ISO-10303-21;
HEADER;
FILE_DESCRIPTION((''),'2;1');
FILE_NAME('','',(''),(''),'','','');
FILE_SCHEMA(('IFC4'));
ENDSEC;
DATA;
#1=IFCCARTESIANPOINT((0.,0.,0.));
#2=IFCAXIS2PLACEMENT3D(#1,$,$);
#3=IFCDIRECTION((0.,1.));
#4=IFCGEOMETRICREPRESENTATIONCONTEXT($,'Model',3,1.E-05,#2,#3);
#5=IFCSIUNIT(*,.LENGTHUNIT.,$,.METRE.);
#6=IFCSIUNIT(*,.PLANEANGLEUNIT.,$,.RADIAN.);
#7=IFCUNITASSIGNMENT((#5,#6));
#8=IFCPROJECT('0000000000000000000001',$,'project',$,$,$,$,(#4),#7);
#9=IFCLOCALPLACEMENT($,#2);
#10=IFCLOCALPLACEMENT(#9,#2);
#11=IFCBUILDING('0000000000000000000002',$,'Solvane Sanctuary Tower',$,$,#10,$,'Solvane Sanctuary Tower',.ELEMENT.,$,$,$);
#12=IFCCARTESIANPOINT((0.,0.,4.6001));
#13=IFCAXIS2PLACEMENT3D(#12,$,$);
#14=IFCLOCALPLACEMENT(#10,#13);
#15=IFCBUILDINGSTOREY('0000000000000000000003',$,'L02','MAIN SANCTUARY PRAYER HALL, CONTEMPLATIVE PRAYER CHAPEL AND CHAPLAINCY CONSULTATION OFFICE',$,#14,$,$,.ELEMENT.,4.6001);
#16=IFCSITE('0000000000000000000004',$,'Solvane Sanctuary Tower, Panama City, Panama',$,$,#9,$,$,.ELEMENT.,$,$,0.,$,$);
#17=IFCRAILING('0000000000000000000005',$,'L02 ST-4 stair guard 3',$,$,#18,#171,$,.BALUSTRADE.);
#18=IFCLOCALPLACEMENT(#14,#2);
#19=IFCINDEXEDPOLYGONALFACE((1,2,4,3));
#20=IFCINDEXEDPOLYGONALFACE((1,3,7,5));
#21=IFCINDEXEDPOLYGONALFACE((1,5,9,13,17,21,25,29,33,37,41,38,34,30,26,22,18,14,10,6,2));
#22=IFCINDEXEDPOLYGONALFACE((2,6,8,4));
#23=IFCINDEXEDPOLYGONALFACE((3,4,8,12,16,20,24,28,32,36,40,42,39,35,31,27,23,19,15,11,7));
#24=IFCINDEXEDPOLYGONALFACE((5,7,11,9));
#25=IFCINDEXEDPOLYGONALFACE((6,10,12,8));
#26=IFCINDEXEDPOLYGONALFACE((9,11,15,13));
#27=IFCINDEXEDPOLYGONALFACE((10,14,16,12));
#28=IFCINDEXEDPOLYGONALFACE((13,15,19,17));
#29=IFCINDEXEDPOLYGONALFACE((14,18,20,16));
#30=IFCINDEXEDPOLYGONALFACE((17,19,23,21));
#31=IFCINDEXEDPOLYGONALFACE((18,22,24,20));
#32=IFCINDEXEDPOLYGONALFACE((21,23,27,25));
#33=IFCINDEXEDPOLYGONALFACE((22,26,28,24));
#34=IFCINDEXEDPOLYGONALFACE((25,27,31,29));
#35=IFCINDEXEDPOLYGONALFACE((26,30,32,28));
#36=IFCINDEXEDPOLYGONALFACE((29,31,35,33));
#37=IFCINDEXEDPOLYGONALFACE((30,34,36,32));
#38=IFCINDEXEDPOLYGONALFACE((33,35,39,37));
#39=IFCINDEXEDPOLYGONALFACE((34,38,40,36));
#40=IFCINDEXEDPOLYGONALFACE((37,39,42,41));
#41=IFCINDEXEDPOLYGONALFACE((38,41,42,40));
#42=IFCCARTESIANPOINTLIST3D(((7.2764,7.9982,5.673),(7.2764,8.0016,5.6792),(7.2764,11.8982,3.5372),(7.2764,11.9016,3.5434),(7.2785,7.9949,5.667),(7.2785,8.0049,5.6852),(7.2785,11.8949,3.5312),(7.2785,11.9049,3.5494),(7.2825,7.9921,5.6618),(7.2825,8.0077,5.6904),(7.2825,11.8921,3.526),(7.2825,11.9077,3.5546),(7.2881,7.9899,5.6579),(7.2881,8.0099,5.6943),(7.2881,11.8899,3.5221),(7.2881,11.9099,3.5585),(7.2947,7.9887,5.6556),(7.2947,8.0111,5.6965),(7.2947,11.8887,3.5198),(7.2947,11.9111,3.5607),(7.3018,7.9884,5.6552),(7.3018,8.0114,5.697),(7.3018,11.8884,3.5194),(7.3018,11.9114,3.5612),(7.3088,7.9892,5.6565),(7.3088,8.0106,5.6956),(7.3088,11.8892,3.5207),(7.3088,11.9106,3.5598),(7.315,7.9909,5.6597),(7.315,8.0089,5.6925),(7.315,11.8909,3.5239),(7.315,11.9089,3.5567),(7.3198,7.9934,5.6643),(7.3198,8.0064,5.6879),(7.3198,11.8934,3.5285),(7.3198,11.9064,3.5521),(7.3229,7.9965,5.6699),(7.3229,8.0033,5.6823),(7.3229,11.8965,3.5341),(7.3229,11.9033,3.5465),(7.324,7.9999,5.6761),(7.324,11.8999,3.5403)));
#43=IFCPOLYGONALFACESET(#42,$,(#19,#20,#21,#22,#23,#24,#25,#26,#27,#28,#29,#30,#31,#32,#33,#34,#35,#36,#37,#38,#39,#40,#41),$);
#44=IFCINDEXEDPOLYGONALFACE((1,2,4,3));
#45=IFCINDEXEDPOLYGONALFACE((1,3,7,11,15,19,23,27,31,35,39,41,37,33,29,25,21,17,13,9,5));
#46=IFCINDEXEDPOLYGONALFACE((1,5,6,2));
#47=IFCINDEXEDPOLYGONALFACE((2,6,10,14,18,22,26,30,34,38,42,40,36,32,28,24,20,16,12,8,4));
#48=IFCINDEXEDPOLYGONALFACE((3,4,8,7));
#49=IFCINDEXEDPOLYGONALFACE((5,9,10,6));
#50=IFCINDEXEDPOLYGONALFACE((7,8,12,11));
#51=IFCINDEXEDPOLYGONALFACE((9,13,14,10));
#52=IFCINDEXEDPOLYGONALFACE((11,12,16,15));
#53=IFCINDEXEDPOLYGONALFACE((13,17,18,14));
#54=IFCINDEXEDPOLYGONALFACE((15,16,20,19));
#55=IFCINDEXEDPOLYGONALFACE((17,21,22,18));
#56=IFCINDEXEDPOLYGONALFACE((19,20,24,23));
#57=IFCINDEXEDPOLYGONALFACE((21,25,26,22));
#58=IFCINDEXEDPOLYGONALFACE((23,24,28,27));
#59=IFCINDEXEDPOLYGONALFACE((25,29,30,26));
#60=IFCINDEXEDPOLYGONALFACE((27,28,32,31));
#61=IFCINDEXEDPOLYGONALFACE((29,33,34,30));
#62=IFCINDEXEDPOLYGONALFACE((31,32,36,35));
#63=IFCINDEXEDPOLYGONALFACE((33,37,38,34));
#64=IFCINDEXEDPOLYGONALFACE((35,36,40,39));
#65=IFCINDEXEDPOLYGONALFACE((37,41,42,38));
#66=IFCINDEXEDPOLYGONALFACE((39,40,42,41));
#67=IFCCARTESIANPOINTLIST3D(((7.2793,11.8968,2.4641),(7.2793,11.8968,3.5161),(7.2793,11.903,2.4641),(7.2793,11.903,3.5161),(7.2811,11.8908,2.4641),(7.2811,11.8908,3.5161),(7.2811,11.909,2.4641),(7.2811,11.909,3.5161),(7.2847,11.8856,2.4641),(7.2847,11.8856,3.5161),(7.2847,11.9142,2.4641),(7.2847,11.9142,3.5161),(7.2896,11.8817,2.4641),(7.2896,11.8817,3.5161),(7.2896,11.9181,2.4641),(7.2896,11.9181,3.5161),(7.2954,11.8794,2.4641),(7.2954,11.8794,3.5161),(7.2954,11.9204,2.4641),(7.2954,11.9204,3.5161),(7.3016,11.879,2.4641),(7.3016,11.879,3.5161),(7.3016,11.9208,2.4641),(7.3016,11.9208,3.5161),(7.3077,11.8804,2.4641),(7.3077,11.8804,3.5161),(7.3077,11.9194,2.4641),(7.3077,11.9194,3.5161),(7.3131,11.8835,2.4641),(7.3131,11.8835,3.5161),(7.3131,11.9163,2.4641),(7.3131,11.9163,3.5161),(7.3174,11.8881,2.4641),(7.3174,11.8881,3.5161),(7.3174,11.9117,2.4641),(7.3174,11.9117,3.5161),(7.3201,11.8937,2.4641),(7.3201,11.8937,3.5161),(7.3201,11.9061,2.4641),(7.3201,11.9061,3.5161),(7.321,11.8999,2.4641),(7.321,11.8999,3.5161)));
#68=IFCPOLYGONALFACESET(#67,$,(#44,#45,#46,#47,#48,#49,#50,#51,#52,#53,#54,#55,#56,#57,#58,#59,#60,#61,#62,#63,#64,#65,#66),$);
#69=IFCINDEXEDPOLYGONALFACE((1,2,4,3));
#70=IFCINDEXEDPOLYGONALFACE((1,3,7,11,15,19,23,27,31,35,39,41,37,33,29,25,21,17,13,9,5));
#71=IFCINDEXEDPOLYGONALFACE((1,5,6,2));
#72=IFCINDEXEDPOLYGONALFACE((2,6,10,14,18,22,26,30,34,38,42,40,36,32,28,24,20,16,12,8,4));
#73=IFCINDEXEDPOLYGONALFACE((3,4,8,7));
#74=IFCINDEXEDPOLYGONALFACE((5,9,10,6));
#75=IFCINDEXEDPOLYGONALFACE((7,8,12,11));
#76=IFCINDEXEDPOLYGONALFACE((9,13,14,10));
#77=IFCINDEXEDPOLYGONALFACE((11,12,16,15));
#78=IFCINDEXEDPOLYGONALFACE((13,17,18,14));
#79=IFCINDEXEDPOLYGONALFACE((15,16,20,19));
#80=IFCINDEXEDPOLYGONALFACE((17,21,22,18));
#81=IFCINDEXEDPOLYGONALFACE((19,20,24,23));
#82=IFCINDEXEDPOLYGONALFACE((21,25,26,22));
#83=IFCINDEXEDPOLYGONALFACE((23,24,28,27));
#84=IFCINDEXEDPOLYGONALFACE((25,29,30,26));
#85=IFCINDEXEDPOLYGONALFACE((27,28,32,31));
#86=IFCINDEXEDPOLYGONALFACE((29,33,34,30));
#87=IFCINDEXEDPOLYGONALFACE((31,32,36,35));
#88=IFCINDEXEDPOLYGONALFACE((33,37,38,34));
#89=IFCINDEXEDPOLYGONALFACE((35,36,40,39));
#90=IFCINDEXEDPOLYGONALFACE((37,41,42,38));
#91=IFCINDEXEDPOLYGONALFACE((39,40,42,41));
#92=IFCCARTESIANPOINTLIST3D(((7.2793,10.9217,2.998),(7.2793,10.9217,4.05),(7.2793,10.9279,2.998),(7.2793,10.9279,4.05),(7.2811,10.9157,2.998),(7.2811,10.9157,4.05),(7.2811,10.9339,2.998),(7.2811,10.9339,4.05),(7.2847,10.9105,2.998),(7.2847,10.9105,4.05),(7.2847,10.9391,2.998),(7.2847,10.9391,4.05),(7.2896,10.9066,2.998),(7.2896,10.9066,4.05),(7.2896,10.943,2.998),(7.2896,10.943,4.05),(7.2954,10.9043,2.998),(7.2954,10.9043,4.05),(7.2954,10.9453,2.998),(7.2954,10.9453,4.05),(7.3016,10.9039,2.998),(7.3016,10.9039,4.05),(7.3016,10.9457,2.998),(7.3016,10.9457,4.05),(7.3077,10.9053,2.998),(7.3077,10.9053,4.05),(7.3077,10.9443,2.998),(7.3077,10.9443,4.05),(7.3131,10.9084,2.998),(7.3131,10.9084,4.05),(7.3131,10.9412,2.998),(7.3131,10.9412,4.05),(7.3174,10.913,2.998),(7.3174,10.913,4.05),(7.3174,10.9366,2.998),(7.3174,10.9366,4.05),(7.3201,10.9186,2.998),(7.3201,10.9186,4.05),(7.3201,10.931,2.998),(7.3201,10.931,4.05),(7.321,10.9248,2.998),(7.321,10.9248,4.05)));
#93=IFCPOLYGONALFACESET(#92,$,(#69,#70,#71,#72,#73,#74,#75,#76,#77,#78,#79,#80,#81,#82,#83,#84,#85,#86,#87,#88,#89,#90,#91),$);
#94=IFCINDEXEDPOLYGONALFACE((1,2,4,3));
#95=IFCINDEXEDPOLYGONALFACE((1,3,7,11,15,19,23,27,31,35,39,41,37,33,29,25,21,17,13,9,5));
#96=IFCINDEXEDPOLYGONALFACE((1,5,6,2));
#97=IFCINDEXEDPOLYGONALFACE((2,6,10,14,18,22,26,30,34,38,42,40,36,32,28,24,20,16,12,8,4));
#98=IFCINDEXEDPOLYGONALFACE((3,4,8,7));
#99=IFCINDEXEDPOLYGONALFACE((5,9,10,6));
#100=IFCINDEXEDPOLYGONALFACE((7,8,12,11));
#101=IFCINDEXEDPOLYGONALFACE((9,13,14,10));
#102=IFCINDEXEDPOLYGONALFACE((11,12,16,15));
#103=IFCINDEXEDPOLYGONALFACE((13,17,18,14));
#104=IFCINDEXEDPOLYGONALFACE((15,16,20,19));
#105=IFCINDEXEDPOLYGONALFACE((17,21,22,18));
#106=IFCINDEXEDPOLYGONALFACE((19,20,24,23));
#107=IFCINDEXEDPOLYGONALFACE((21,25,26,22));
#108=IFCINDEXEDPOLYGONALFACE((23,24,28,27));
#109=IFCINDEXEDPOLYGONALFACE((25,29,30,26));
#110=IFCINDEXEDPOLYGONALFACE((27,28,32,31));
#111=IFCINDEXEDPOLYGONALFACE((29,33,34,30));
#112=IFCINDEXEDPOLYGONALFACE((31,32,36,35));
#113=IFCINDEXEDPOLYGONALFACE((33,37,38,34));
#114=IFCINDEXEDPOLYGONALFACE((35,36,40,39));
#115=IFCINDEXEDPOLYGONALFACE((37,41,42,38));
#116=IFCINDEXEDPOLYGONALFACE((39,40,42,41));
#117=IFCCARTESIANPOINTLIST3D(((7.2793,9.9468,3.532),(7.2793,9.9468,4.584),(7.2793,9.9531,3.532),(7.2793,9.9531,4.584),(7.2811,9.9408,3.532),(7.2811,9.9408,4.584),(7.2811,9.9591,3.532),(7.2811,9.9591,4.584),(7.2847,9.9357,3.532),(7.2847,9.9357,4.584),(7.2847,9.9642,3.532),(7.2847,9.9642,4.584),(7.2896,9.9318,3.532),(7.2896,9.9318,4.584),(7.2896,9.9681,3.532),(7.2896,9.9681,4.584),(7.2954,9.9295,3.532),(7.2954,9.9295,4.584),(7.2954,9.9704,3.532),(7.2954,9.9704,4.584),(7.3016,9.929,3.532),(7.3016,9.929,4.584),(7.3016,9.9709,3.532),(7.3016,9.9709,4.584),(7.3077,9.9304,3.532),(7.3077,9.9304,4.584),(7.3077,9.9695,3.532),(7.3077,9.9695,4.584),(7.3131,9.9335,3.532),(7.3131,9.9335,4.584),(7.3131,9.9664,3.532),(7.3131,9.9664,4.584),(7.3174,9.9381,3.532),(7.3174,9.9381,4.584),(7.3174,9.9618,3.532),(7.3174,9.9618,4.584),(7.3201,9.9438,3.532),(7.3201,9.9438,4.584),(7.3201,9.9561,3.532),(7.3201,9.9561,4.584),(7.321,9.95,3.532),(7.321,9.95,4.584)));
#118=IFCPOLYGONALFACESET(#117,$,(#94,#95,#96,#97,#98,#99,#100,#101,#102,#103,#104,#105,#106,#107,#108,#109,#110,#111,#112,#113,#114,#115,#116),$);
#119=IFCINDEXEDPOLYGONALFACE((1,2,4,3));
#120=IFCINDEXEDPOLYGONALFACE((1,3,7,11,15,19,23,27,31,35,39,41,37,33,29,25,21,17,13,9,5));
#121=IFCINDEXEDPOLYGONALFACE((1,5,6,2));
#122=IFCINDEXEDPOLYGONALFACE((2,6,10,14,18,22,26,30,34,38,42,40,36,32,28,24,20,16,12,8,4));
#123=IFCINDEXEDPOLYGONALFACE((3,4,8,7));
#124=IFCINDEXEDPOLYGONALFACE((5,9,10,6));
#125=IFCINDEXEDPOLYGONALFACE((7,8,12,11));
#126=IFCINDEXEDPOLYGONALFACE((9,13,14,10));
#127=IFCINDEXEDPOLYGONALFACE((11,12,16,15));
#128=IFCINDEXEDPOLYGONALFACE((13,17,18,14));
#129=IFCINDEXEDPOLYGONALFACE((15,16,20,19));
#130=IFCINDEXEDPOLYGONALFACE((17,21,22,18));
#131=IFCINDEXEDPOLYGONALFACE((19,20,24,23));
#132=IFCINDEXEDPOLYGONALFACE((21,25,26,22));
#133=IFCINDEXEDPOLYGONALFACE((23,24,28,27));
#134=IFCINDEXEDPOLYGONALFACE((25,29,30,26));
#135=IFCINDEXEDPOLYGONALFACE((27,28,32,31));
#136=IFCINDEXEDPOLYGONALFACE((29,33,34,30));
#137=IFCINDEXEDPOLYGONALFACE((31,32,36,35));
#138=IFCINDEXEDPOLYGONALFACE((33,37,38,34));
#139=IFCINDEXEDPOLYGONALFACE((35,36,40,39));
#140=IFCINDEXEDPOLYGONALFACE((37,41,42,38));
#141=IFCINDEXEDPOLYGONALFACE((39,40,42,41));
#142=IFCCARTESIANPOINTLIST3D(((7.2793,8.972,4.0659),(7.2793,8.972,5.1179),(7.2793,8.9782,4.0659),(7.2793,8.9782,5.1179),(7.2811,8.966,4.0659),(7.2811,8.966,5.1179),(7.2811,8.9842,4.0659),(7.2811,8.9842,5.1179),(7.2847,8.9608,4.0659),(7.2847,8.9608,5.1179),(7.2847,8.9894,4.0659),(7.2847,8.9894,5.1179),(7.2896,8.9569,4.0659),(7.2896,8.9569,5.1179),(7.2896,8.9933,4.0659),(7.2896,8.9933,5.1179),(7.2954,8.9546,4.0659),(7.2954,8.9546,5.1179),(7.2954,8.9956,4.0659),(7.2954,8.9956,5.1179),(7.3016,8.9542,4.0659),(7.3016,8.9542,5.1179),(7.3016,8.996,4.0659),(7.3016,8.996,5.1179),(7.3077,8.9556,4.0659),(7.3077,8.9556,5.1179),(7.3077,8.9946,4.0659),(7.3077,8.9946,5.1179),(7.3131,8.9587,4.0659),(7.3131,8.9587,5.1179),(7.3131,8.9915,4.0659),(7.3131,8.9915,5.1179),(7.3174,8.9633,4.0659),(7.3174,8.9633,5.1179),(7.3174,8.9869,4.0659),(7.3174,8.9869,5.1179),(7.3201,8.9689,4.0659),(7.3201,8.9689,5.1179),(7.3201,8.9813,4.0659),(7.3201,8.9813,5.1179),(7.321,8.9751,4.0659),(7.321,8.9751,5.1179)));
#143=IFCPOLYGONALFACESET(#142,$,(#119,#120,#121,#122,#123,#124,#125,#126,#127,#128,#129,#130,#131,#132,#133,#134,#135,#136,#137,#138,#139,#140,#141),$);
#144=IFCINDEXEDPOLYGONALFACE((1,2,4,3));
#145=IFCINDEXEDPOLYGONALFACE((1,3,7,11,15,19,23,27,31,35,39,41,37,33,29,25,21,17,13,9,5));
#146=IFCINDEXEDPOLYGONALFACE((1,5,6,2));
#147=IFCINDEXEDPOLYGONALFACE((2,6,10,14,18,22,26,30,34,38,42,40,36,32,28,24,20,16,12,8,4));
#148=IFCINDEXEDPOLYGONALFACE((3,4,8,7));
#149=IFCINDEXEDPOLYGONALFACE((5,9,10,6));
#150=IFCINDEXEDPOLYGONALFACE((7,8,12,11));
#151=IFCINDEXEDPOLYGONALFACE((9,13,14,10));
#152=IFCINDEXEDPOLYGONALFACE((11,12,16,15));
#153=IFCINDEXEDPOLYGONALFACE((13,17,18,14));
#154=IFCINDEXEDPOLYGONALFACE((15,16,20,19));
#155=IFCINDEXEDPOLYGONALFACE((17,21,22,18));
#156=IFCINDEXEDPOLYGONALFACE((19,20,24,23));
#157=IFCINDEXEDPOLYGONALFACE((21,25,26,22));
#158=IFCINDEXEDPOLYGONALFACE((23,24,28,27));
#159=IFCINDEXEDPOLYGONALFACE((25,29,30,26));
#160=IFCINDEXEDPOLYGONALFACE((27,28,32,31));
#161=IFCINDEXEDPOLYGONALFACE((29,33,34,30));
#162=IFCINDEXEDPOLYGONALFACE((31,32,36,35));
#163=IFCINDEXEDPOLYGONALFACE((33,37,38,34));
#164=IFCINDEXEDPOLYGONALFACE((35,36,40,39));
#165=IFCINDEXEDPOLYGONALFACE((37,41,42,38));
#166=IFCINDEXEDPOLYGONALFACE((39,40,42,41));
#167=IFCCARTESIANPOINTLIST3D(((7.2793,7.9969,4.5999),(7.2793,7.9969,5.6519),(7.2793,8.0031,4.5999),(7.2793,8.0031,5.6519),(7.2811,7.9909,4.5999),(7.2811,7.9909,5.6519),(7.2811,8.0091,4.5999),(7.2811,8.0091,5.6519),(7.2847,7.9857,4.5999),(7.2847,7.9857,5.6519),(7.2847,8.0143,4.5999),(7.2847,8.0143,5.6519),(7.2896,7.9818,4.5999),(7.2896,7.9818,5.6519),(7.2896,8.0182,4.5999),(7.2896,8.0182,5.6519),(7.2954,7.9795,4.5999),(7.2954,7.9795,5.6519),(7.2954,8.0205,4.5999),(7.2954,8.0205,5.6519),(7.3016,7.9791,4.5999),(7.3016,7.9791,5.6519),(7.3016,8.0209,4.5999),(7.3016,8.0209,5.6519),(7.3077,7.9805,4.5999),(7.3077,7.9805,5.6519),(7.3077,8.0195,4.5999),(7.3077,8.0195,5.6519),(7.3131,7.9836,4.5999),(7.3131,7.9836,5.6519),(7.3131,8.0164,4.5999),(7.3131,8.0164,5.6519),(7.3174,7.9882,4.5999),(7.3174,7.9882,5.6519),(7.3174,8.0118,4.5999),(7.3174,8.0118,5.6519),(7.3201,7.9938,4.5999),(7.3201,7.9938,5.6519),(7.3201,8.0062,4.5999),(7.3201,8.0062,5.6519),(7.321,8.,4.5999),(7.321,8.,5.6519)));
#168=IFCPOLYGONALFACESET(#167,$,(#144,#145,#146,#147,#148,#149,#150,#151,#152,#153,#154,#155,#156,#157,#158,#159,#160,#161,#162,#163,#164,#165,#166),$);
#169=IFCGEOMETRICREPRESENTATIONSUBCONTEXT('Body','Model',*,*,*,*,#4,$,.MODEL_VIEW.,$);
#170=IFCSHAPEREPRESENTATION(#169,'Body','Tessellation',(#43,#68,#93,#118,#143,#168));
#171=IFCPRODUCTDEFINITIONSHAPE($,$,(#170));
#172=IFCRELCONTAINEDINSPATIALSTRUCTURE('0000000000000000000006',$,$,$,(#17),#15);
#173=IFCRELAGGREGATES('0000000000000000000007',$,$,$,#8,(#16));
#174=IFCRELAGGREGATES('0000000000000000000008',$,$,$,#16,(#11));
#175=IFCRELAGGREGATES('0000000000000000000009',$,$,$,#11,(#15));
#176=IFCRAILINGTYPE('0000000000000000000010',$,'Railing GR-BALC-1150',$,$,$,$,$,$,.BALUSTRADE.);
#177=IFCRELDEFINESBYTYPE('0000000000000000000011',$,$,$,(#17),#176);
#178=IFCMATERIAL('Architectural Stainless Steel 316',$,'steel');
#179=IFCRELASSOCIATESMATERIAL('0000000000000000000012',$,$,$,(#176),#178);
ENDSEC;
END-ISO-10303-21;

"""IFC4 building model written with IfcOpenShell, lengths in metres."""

from ifc_helpers import new_model, si_unit, direction, frame, origin, origin_2d, place, context, subcontext, project, spatial, circle, extrude, material, type_object, element, save


model = new_model("IFC4")

# Units and contexts
model_context = context("Model", 3, precision=1e-05, world=origin(), true_north=direction((0.0, 1.0)))
body_context = subcontext(model_context, "Body", "Model", "MODEL_VIEW")
ifc_project = project(units=[si_unit("LENGTHUNIT", "METRE"), si_unit("PLANEANGLEUNIT", "RADIAN")], contexts=[model_context])

# Site, building, storey
site_placement = place(None, origin())
site = spatial("IfcSite", under=ifc_project, at=site_placement, Name="Solvane Sanctuary Tower, Panama City, Panama", CompositionType="ELEMENT", RefElevation=0.0)
building_placement = place(site_placement, origin())
building = spatial("IfcBuilding", under=site, at=building_placement, Name="Solvane Sanctuary Tower", LongName="Solvane Sanctuary Tower", CompositionType="ELEMENT")
storey_placement = place(building_placement, frame((0.0, 0.0, 4.6001)))
storey = spatial("IfcBuildingStorey", under=building, at=storey_placement, Name="L02", Description="MAIN SANCTUARY PRAYER HALL, CONTEMPLATIVE PRAYER CHAPEL AND CHAPLAINCY CONSULTATION OFFICE", CompositionType="ELEMENT", Elevation=4.6001)

# Shared definitions
ifc_material_1 = material(Name="Architectural Stainless Steel 316", Category="steel")

# Railing
railing_type_1 = type_object("IfcRailingType", Name="Railing GR-BALC-1150", PredefinedType="BALUSTRADE", material=ifc_material_1)
railing_1_placement = place(storey_placement, frame((7.3, 11.8999, 2.4641)))
element("IfcRailing", 1, at=railing_1_placement, inside=storey, type_object=railing_type_1, Name="L02 ST-4 stair guard 3", PredefinedType="BALUSTRADE", context=body_context, shape_type="SweptSolid", body=[
    extrude(circle(Radius=0.0239, at=origin_2d()), frame((0.0, 0.0, 1.0762), z_axis=(0.0, -0.877089, 0.480329), x_axis=(1.0, 0.0, 0.0)), (0.0, 0.0, 1.0), 4.4465),
    extrude(circle(Radius=0.021, at=origin_2d()), origin(), (0.0, 0.0, 1.0), 1.052),
    extrude(circle(Radius=0.021, at=origin_2d()), frame((0.0, -0.9751, 0.5339)), (0.0, 0.0, 1.0), 1.052),
    extrude(circle(Radius=0.021, at=origin_2d()), frame((0.0, -1.95, 1.0679)), (0.0, 0.0, 1.0), 1.052),
    extrude(circle(Radius=0.021, at=origin_2d()), frame((0.0, -2.9248, 1.6018)), (0.0, 0.0, 1.0), 1.052),
    extrude(circle(Radius=0.021, at=origin_2d()), frame((0.0, -3.8999, 2.1357)), (0.0, 0.0, 1.0), 1.052),
])

save(model, "model.ifc")
